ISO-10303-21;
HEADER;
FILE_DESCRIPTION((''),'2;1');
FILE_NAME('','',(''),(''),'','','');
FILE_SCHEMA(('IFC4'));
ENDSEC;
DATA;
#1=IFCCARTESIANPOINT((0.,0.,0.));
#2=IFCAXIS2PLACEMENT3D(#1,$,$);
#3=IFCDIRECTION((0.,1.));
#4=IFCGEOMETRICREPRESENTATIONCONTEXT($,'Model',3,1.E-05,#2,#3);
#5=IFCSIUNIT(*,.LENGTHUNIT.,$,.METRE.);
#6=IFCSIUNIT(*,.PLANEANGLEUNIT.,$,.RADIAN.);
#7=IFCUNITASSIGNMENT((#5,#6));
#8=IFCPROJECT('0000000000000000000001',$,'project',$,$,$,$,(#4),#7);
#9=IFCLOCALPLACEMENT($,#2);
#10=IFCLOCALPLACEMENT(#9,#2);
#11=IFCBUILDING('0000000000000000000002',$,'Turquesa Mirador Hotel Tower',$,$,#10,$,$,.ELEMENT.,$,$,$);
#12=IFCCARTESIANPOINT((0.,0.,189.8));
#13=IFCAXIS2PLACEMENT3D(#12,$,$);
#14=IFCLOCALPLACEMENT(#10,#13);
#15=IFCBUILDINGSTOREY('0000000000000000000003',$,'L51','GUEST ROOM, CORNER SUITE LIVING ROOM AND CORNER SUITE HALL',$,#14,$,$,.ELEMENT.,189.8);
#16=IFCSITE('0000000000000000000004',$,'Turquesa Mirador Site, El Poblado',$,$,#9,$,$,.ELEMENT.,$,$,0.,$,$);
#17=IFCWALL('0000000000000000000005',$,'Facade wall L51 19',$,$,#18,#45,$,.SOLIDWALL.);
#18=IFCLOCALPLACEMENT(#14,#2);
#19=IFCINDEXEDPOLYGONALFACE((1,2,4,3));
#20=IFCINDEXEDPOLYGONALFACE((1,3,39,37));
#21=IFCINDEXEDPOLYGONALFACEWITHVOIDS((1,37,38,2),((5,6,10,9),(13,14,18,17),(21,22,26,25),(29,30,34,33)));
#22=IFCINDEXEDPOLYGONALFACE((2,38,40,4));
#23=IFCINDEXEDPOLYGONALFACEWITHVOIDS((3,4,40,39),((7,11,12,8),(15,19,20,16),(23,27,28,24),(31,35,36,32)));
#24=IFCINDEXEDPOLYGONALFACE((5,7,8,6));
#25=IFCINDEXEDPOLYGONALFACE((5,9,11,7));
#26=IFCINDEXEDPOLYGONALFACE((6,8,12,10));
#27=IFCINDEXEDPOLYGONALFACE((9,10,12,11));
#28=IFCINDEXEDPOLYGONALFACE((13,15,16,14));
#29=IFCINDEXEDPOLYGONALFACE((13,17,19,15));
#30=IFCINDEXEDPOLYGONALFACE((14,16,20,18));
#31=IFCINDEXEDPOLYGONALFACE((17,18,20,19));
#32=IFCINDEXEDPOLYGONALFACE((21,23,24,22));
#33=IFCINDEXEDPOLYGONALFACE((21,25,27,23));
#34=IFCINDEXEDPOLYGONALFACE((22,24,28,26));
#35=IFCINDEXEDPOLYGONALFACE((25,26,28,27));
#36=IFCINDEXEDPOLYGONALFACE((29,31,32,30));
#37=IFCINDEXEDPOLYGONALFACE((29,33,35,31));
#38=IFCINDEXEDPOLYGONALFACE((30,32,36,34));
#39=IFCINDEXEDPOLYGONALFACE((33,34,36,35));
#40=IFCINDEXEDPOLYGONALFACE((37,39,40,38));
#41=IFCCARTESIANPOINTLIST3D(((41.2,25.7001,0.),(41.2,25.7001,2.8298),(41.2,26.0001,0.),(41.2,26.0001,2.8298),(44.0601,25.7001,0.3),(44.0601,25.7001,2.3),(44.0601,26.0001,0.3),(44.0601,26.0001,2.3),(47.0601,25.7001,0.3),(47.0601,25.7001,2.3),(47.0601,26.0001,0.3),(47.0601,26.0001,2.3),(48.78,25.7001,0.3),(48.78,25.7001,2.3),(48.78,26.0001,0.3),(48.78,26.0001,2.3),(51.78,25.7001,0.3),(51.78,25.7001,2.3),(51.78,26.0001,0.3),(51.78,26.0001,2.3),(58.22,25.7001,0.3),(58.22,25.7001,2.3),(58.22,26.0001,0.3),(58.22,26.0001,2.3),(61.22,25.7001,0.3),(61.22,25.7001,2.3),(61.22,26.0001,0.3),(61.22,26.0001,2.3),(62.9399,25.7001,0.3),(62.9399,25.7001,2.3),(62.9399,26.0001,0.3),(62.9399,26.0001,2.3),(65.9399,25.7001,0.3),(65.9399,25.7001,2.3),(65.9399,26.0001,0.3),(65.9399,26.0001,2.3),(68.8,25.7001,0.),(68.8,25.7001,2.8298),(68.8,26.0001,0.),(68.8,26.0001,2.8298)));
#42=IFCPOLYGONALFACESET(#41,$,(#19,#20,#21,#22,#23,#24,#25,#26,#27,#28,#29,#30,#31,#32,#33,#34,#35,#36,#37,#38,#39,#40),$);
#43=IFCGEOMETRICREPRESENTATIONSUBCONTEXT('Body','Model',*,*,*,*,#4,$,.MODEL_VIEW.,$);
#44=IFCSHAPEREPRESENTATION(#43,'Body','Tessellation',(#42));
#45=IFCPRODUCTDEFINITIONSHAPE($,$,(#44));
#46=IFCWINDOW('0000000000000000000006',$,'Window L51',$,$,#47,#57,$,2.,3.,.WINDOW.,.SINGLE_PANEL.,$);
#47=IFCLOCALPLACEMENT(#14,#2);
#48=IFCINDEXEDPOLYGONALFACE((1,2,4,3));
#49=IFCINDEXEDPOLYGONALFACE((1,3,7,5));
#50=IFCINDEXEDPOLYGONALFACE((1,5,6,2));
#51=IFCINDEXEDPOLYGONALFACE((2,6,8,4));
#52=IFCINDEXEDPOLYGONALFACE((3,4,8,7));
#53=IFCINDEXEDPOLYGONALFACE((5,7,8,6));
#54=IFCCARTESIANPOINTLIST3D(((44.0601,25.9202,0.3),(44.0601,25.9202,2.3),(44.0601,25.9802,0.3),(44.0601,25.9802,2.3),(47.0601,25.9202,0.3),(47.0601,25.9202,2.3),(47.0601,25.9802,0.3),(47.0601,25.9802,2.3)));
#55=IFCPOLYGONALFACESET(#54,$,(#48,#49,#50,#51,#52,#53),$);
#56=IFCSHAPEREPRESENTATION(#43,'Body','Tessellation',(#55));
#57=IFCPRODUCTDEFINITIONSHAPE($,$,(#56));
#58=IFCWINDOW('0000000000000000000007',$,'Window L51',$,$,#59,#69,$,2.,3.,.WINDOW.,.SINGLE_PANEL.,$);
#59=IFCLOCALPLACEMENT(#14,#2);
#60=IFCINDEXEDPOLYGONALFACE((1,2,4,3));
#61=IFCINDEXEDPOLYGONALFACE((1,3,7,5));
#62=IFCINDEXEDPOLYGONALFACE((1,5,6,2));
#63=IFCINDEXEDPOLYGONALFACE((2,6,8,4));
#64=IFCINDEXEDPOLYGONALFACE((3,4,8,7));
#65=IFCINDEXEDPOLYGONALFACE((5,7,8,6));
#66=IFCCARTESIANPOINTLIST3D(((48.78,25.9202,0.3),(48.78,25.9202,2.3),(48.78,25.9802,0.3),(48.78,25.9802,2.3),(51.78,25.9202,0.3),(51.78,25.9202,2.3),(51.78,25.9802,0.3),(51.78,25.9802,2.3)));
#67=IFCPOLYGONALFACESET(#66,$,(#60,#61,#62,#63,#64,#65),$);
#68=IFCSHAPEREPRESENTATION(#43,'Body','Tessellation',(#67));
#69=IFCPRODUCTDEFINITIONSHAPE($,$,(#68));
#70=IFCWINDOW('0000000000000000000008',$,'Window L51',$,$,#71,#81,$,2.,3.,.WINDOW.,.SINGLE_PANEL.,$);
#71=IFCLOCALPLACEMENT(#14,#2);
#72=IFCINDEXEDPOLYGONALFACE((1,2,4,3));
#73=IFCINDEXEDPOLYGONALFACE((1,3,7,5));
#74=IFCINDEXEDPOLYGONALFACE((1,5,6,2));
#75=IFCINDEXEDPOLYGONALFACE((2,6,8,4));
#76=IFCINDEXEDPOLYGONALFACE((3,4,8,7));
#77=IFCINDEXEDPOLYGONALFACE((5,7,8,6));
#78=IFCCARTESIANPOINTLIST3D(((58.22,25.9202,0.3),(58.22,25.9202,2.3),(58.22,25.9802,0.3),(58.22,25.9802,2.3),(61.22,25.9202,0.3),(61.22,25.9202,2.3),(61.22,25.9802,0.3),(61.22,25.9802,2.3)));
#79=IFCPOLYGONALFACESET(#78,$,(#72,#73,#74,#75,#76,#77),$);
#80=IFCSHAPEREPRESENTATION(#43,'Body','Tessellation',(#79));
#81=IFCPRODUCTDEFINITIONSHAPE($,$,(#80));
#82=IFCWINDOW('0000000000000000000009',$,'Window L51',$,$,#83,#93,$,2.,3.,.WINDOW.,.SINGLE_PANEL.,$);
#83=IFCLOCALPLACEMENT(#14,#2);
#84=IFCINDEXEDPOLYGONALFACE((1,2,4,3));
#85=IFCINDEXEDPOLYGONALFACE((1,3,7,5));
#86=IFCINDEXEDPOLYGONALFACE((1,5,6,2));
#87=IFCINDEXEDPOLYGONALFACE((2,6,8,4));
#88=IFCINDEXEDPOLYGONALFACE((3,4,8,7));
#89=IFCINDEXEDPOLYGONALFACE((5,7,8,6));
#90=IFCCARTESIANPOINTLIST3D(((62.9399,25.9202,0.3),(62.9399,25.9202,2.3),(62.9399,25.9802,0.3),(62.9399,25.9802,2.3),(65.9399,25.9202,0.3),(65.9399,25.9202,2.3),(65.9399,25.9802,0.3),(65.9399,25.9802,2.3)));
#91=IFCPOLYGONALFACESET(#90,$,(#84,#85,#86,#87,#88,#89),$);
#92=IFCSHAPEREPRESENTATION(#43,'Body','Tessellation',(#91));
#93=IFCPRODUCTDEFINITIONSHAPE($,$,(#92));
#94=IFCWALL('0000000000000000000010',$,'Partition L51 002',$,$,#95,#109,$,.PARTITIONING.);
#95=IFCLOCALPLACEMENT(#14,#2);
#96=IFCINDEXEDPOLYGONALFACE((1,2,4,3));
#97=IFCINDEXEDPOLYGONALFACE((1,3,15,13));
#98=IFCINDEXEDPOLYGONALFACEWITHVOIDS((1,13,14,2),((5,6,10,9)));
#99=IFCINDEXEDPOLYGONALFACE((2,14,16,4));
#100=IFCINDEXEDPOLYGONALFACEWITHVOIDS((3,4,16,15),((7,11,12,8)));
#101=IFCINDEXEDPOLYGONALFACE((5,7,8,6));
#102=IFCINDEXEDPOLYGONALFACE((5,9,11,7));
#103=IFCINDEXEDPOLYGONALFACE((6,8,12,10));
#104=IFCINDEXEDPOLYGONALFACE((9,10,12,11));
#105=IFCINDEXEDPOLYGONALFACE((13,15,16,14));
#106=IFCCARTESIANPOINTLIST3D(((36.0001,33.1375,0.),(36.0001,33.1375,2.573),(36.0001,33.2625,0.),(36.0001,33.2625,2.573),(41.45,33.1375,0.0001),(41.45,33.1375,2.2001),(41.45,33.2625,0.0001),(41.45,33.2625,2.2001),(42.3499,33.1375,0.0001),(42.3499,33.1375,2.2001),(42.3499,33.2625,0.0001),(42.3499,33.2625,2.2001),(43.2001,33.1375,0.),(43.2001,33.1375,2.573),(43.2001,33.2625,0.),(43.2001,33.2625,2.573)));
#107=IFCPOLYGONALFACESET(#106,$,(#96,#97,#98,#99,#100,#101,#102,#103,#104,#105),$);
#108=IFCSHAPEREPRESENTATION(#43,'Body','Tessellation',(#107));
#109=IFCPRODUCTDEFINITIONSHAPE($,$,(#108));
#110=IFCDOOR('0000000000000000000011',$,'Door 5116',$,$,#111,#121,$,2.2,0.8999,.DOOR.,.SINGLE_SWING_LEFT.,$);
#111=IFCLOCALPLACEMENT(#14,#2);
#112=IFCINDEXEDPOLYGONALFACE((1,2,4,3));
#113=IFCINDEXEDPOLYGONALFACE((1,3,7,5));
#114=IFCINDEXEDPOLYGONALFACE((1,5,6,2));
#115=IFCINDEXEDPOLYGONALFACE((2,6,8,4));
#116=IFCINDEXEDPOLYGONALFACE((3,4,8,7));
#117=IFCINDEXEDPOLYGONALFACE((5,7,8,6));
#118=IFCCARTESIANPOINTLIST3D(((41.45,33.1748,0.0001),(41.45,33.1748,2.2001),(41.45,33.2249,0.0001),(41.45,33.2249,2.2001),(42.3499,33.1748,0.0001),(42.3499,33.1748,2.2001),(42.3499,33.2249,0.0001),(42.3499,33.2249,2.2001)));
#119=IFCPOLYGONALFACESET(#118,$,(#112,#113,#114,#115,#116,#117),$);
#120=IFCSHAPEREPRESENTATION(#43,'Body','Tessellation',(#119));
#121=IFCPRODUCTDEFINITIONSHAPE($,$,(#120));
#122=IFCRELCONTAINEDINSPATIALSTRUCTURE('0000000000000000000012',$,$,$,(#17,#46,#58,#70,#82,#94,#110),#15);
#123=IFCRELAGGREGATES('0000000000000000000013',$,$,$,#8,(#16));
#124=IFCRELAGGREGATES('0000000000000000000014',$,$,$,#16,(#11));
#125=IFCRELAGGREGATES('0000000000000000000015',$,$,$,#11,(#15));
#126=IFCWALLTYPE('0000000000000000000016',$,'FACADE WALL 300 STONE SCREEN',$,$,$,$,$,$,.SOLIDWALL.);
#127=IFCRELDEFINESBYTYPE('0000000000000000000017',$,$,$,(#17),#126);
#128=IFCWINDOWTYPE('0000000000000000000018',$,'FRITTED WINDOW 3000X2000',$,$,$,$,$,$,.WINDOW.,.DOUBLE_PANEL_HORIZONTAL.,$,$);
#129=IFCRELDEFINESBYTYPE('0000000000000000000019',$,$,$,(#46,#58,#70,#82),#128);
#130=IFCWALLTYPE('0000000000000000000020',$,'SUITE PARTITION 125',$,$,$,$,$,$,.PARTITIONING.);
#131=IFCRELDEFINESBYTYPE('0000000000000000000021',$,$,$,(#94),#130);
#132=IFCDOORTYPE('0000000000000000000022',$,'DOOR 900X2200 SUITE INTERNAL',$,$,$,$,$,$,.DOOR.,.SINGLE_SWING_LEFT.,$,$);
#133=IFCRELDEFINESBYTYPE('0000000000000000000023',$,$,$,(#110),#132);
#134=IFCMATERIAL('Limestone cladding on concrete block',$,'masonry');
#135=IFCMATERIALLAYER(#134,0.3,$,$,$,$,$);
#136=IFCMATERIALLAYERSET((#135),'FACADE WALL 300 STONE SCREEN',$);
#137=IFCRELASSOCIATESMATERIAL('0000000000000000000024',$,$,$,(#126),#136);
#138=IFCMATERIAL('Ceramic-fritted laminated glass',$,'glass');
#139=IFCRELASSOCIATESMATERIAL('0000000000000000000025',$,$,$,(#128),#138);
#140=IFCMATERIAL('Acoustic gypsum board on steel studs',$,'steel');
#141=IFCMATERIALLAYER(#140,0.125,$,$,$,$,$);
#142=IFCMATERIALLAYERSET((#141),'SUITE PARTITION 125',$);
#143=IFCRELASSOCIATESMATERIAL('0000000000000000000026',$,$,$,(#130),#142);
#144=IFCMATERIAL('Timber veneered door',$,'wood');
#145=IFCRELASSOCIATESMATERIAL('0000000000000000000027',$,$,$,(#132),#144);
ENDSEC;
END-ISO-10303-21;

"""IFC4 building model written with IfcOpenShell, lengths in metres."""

from ifc_helpers import new_model, si_unit, direction, frame, frame_2d, origin, place, context, subcontext, project, spatial, rectangle, extrude, material, layer, layer_set, type_object, element, fill, save


model = new_model("IFC4")

# Units and contexts
model_context = context("Model", 3, precision=1e-05, world=origin(), true_north=direction((0.0, 1.0)))
body_context = subcontext(model_context, "Body", "Model", "MODEL_VIEW")
ifc_project = project(units=[si_unit("LENGTHUNIT", "METRE"), si_unit("PLANEANGLEUNIT", "RADIAN")], contexts=[model_context])

# Site, building, storey
site_placement = place(None, origin())
site = spatial("IfcSite", under=ifc_project, at=site_placement, Name="Turquesa Mirador Site, El Poblado", CompositionType="ELEMENT", RefElevation=0.0)
building_placement = place(site_placement, origin())
building = spatial("IfcBuilding", under=site, at=building_placement, Name="Turquesa Mirador Hotel Tower", CompositionType="ELEMENT")
storey_placement = place(building_placement, frame((0.0, 0.0, 189.8)))
storey = spatial("IfcBuildingStorey", under=building, at=storey_placement, Name="L51", Description="GUEST ROOM, CORNER SUITE LIVING ROOM AND CORNER SUITE HALL", CompositionType="ELEMENT", Elevation=189.8)

# Shared definitions
ifc_material_1 = material(Name="Limestone cladding on concrete block", Category="masonry")
ifc_layer_1 = layer(ifc_material_1, 0.3)
ifc_layer_set_1 = layer_set([ifc_layer_1], Name="FACADE WALL 300 STONE SCREEN")
wall_type_1 = type_object("IfcWallType", Name="FACADE WALL 300 STONE SCREEN", PredefinedType="SOLIDWALL", material=ifc_layer_set_1)

# Wall, openings, windows
wall_1_placement = place(storey_placement, frame((41.2, 25.8501, 0.0), z_axis=(0.0, 0.0, 1.0), x_axis=(1.0, 0.0, 0.0)))
wall_1 = element("IfcWall", 1, at=wall_1_placement, inside=storey, type_object=wall_type_1, Name="Facade wall L51 19", PredefinedType="SOLIDWALL", context=body_context, shape_type="SweptSolid", body=[
    extrude(rectangle(XDim=27.6001, YDim=0.3, at=frame_2d((13.8, 0.0))), origin(), (0.0, 0.0, 1.0), 2.8298),
])
opening_1_placement = place(wall_1_placement, frame((2.8601, 0.0, 0.3)))
opening_1 = element("IfcOpeningElement", 2, at=opening_1_placement, cuts=wall_1, PredefinedType="OPENING", context=body_context, shape_type="SweptSolid", body=[
    extrude(rectangle(XDim=3.0, YDim=2.0, at=frame_2d((1.5, 1.0))), frame((0.0, 0.1599, 0.0), z_axis=(0.0, -1.0, 0.0), x_axis=(1.0, 0.0, 0.0)), (0.0, 0.0, 1.0), 0.3201),
])
opening_2_placement = place(wall_1_placement, frame((7.5801, 0.0, 0.3)))
opening_2 = element("IfcOpeningElement", 3, at=opening_2_placement, cuts=wall_1, PredefinedType="OPENING", context=body_context, shape_type="SweptSolid", body=[
    extrude(rectangle(XDim=3.0, YDim=2.0, at=frame_2d((1.5, 1.0))), frame((0.0, 0.1599, 0.0), z_axis=(0.0, -1.0, 0.0), x_axis=(1.0, 0.0, 0.0)), (0.0, 0.0, 1.0), 0.3201),
])
opening_3_placement = place(wall_1_placement, frame((17.02, 0.0, 0.3)))
opening_3 = element("IfcOpeningElement", 4, at=opening_3_placement, cuts=wall_1, PredefinedType="OPENING", context=body_context, shape_type="SweptSolid", body=[
    extrude(rectangle(XDim=3.0, YDim=2.0, at=frame_2d((1.5, 1.0))), frame((0.0, 0.1599, 0.0), z_axis=(0.0, -1.0, 0.0), x_axis=(1.0, 0.0, 0.0)), (0.0, 0.0, 1.0), 0.3201),
])
opening_4_placement = place(wall_1_placement, frame((21.74, 0.0, 0.3)))
opening_4 = element("IfcOpeningElement", 5, at=opening_4_placement, cuts=wall_1, PredefinedType="OPENING", context=body_context, shape_type="SweptSolid", body=[
    extrude(rectangle(XDim=3.0, YDim=2.0, at=frame_2d((1.5, 1.0))), frame((0.0, 0.1599, 0.0), z_axis=(0.0, -1.0, 0.0), x_axis=(1.0, 0.0, 0.0)), (0.0, 0.0, 1.0), 0.3201),
])
ifc_material_2 = material(Name="Ceramic-fritted laminated glass", Category="glass")
window_type_1 = type_object("IfcWindowType", Name="FRITTED WINDOW 3000X2000", PartitioningType="DOUBLE_PANEL_HORIZONTAL", PredefinedType="WINDOW", material=ifc_material_2)
window_1_placement = place(opening_1_placement, origin())
window_1 = element("IfcWindow", 6, at=window_1_placement, inside=storey, type_object=window_type_1, Name="Window L51", OverallHeight=2.0, OverallWidth=3.0, PartitioningType="SINGLE_PANEL", PredefinedType="WINDOW", context=body_context, shape_type="SweptSolid", body=[
    extrude(rectangle(XDim=3.0, YDim=2.0, at=frame_2d((1.5, 1.0))), frame((0.0, 0.1301, 0.0), z_axis=(0.0, -1.0, 0.0), x_axis=(1.0, 0.0, 0.0)), (0.0, 0.0, 1.0), 0.0601),
])
fill(opening_1, window_1)
window_2_placement = place(opening_2_placement, origin())
window_2 = element("IfcWindow", 7, at=window_2_placement, inside=storey, type_object=window_type_1, Name="Window L51", OverallHeight=2.0, OverallWidth=3.0, PartitioningType="SINGLE_PANEL", PredefinedType="WINDOW", context=body_context, shape_type="SweptSolid", body=[
    extrude(rectangle(XDim=3.0, YDim=2.0, at=frame_2d((1.5, 1.0))), frame((0.0, 0.1301, 0.0), z_axis=(0.0, -1.0, 0.0), x_axis=(1.0, 0.0, 0.0)), (0.0, 0.0, 1.0), 0.0601),
])
fill(opening_2, window_2)
window_3_placement = place(opening_3_placement, origin())
window_3 = element("IfcWindow", 8, at=window_3_placement, inside=storey, type_object=window_type_1, Name="Window L51", OverallHeight=2.0, OverallWidth=3.0, PartitioningType="SINGLE_PANEL", PredefinedType="WINDOW", context=body_context, shape_type="SweptSolid", body=[
    extrude(rectangle(XDim=3.0, YDim=2.0, at=frame_2d((1.5, 1.0))), frame((0.0, 0.1301, 0.0), z_axis=(0.0, -1.0, 0.0), x_axis=(1.0, 0.0, 0.0)), (0.0, 0.0, 1.0), 0.0601),
])
fill(opening_3, window_3)
window_4_placement = place(opening_4_placement, origin())
window_4 = element("IfcWindow", 9, at=window_4_placement, inside=storey, type_object=window_type_1, Name="Window L51", OverallHeight=2.0, OverallWidth=3.0, PartitioningType="SINGLE_PANEL", PredefinedType="WINDOW", context=body_context, shape_type="SweptSolid", body=[
    extrude(rectangle(XDim=3.0, YDim=2.0, at=frame_2d((1.5, 1.0))), frame((0.0, 0.1301, 0.0), z_axis=(0.0, -1.0, 0.0), x_axis=(1.0, 0.0, 0.0)), (0.0, 0.0, 1.0), 0.0601),
])
fill(opening_4, window_4)

# Wall, opening, door
ifc_material_3 = material(Name="Acoustic gypsum board on steel studs", Category="steel")
ifc_layer_2 = layer(ifc_material_3, 0.125)
ifc_layer_set_2 = layer_set([ifc_layer_2], Name="SUITE PARTITION 125")
wall_type_2 = type_object("IfcWallType", Name="SUITE PARTITION 125", PredefinedType="PARTITIONING", material=ifc_layer_set_2)
wall_2_placement = place(storey_placement, frame((36.0, 33.2, 0.0), z_axis=(0.0, 0.0, 1.0), x_axis=(1.0, 0.0, 0.0)))
wall_2 = element("IfcWall", 10, at=wall_2_placement, inside=storey, type_object=wall_type_2, Name="Partition L51 002", PredefinedType="PARTITIONING", context=body_context, shape_type="SweptSolid", body=[
    extrude(rectangle(XDim=7.2, YDim=0.125, at=frame_2d((3.6001, 0.0))), origin(), (0.0, 0.0, 1.0), 2.573),
])
opening_5_placement = place(wall_2_placement, frame((5.45, 0.0, 0.0)))
opening_5 = element("IfcOpeningElement", 11, at=opening_5_placement, cuts=wall_2, PredefinedType="OPENING", context=body_context, shape_type="SweptSolid", body=[
    extrude(rectangle(XDim=0.8999, YDim=2.2, at=frame_2d((0.45, 1.1001))), frame((0.0, 0.0725, 0.0), z_axis=(0.0, -1.0, 0.0), x_axis=(1.0, 0.0, 0.0)), (0.0, 0.0, 1.0), 0.145),
])
ifc_material_4 = material(Name="Timber veneered door", Category="wood")
door_type = type_object("IfcDoorType", Name="DOOR 900X2200 SUITE INTERNAL", OperationType="SINGLE_SWING_LEFT", PredefinedType="DOOR", material=ifc_material_4)
door_placement = place(opening_5_placement, origin())
door = element("IfcDoor", 12, at=door_placement, inside=storey, type_object=door_type, Name="Door 5116", OperationType="SINGLE_SWING_LEFT", OverallHeight=2.2, OverallWidth=0.8999, PredefinedType="DOOR", context=body_context, shape_type="SweptSolid", body=[
    extrude(rectangle(XDim=0.8999, YDim=2.2, at=frame_2d((0.45, 1.1001))), frame((0.0, 0.0249, 0.0), z_axis=(0.0, -1.0, 0.0), x_axis=(1.0, 0.0, 0.0)), (0.0, 0.0, 1.0), 0.05),
])
fill(opening_5, door)

save(model, "model.ifc")
